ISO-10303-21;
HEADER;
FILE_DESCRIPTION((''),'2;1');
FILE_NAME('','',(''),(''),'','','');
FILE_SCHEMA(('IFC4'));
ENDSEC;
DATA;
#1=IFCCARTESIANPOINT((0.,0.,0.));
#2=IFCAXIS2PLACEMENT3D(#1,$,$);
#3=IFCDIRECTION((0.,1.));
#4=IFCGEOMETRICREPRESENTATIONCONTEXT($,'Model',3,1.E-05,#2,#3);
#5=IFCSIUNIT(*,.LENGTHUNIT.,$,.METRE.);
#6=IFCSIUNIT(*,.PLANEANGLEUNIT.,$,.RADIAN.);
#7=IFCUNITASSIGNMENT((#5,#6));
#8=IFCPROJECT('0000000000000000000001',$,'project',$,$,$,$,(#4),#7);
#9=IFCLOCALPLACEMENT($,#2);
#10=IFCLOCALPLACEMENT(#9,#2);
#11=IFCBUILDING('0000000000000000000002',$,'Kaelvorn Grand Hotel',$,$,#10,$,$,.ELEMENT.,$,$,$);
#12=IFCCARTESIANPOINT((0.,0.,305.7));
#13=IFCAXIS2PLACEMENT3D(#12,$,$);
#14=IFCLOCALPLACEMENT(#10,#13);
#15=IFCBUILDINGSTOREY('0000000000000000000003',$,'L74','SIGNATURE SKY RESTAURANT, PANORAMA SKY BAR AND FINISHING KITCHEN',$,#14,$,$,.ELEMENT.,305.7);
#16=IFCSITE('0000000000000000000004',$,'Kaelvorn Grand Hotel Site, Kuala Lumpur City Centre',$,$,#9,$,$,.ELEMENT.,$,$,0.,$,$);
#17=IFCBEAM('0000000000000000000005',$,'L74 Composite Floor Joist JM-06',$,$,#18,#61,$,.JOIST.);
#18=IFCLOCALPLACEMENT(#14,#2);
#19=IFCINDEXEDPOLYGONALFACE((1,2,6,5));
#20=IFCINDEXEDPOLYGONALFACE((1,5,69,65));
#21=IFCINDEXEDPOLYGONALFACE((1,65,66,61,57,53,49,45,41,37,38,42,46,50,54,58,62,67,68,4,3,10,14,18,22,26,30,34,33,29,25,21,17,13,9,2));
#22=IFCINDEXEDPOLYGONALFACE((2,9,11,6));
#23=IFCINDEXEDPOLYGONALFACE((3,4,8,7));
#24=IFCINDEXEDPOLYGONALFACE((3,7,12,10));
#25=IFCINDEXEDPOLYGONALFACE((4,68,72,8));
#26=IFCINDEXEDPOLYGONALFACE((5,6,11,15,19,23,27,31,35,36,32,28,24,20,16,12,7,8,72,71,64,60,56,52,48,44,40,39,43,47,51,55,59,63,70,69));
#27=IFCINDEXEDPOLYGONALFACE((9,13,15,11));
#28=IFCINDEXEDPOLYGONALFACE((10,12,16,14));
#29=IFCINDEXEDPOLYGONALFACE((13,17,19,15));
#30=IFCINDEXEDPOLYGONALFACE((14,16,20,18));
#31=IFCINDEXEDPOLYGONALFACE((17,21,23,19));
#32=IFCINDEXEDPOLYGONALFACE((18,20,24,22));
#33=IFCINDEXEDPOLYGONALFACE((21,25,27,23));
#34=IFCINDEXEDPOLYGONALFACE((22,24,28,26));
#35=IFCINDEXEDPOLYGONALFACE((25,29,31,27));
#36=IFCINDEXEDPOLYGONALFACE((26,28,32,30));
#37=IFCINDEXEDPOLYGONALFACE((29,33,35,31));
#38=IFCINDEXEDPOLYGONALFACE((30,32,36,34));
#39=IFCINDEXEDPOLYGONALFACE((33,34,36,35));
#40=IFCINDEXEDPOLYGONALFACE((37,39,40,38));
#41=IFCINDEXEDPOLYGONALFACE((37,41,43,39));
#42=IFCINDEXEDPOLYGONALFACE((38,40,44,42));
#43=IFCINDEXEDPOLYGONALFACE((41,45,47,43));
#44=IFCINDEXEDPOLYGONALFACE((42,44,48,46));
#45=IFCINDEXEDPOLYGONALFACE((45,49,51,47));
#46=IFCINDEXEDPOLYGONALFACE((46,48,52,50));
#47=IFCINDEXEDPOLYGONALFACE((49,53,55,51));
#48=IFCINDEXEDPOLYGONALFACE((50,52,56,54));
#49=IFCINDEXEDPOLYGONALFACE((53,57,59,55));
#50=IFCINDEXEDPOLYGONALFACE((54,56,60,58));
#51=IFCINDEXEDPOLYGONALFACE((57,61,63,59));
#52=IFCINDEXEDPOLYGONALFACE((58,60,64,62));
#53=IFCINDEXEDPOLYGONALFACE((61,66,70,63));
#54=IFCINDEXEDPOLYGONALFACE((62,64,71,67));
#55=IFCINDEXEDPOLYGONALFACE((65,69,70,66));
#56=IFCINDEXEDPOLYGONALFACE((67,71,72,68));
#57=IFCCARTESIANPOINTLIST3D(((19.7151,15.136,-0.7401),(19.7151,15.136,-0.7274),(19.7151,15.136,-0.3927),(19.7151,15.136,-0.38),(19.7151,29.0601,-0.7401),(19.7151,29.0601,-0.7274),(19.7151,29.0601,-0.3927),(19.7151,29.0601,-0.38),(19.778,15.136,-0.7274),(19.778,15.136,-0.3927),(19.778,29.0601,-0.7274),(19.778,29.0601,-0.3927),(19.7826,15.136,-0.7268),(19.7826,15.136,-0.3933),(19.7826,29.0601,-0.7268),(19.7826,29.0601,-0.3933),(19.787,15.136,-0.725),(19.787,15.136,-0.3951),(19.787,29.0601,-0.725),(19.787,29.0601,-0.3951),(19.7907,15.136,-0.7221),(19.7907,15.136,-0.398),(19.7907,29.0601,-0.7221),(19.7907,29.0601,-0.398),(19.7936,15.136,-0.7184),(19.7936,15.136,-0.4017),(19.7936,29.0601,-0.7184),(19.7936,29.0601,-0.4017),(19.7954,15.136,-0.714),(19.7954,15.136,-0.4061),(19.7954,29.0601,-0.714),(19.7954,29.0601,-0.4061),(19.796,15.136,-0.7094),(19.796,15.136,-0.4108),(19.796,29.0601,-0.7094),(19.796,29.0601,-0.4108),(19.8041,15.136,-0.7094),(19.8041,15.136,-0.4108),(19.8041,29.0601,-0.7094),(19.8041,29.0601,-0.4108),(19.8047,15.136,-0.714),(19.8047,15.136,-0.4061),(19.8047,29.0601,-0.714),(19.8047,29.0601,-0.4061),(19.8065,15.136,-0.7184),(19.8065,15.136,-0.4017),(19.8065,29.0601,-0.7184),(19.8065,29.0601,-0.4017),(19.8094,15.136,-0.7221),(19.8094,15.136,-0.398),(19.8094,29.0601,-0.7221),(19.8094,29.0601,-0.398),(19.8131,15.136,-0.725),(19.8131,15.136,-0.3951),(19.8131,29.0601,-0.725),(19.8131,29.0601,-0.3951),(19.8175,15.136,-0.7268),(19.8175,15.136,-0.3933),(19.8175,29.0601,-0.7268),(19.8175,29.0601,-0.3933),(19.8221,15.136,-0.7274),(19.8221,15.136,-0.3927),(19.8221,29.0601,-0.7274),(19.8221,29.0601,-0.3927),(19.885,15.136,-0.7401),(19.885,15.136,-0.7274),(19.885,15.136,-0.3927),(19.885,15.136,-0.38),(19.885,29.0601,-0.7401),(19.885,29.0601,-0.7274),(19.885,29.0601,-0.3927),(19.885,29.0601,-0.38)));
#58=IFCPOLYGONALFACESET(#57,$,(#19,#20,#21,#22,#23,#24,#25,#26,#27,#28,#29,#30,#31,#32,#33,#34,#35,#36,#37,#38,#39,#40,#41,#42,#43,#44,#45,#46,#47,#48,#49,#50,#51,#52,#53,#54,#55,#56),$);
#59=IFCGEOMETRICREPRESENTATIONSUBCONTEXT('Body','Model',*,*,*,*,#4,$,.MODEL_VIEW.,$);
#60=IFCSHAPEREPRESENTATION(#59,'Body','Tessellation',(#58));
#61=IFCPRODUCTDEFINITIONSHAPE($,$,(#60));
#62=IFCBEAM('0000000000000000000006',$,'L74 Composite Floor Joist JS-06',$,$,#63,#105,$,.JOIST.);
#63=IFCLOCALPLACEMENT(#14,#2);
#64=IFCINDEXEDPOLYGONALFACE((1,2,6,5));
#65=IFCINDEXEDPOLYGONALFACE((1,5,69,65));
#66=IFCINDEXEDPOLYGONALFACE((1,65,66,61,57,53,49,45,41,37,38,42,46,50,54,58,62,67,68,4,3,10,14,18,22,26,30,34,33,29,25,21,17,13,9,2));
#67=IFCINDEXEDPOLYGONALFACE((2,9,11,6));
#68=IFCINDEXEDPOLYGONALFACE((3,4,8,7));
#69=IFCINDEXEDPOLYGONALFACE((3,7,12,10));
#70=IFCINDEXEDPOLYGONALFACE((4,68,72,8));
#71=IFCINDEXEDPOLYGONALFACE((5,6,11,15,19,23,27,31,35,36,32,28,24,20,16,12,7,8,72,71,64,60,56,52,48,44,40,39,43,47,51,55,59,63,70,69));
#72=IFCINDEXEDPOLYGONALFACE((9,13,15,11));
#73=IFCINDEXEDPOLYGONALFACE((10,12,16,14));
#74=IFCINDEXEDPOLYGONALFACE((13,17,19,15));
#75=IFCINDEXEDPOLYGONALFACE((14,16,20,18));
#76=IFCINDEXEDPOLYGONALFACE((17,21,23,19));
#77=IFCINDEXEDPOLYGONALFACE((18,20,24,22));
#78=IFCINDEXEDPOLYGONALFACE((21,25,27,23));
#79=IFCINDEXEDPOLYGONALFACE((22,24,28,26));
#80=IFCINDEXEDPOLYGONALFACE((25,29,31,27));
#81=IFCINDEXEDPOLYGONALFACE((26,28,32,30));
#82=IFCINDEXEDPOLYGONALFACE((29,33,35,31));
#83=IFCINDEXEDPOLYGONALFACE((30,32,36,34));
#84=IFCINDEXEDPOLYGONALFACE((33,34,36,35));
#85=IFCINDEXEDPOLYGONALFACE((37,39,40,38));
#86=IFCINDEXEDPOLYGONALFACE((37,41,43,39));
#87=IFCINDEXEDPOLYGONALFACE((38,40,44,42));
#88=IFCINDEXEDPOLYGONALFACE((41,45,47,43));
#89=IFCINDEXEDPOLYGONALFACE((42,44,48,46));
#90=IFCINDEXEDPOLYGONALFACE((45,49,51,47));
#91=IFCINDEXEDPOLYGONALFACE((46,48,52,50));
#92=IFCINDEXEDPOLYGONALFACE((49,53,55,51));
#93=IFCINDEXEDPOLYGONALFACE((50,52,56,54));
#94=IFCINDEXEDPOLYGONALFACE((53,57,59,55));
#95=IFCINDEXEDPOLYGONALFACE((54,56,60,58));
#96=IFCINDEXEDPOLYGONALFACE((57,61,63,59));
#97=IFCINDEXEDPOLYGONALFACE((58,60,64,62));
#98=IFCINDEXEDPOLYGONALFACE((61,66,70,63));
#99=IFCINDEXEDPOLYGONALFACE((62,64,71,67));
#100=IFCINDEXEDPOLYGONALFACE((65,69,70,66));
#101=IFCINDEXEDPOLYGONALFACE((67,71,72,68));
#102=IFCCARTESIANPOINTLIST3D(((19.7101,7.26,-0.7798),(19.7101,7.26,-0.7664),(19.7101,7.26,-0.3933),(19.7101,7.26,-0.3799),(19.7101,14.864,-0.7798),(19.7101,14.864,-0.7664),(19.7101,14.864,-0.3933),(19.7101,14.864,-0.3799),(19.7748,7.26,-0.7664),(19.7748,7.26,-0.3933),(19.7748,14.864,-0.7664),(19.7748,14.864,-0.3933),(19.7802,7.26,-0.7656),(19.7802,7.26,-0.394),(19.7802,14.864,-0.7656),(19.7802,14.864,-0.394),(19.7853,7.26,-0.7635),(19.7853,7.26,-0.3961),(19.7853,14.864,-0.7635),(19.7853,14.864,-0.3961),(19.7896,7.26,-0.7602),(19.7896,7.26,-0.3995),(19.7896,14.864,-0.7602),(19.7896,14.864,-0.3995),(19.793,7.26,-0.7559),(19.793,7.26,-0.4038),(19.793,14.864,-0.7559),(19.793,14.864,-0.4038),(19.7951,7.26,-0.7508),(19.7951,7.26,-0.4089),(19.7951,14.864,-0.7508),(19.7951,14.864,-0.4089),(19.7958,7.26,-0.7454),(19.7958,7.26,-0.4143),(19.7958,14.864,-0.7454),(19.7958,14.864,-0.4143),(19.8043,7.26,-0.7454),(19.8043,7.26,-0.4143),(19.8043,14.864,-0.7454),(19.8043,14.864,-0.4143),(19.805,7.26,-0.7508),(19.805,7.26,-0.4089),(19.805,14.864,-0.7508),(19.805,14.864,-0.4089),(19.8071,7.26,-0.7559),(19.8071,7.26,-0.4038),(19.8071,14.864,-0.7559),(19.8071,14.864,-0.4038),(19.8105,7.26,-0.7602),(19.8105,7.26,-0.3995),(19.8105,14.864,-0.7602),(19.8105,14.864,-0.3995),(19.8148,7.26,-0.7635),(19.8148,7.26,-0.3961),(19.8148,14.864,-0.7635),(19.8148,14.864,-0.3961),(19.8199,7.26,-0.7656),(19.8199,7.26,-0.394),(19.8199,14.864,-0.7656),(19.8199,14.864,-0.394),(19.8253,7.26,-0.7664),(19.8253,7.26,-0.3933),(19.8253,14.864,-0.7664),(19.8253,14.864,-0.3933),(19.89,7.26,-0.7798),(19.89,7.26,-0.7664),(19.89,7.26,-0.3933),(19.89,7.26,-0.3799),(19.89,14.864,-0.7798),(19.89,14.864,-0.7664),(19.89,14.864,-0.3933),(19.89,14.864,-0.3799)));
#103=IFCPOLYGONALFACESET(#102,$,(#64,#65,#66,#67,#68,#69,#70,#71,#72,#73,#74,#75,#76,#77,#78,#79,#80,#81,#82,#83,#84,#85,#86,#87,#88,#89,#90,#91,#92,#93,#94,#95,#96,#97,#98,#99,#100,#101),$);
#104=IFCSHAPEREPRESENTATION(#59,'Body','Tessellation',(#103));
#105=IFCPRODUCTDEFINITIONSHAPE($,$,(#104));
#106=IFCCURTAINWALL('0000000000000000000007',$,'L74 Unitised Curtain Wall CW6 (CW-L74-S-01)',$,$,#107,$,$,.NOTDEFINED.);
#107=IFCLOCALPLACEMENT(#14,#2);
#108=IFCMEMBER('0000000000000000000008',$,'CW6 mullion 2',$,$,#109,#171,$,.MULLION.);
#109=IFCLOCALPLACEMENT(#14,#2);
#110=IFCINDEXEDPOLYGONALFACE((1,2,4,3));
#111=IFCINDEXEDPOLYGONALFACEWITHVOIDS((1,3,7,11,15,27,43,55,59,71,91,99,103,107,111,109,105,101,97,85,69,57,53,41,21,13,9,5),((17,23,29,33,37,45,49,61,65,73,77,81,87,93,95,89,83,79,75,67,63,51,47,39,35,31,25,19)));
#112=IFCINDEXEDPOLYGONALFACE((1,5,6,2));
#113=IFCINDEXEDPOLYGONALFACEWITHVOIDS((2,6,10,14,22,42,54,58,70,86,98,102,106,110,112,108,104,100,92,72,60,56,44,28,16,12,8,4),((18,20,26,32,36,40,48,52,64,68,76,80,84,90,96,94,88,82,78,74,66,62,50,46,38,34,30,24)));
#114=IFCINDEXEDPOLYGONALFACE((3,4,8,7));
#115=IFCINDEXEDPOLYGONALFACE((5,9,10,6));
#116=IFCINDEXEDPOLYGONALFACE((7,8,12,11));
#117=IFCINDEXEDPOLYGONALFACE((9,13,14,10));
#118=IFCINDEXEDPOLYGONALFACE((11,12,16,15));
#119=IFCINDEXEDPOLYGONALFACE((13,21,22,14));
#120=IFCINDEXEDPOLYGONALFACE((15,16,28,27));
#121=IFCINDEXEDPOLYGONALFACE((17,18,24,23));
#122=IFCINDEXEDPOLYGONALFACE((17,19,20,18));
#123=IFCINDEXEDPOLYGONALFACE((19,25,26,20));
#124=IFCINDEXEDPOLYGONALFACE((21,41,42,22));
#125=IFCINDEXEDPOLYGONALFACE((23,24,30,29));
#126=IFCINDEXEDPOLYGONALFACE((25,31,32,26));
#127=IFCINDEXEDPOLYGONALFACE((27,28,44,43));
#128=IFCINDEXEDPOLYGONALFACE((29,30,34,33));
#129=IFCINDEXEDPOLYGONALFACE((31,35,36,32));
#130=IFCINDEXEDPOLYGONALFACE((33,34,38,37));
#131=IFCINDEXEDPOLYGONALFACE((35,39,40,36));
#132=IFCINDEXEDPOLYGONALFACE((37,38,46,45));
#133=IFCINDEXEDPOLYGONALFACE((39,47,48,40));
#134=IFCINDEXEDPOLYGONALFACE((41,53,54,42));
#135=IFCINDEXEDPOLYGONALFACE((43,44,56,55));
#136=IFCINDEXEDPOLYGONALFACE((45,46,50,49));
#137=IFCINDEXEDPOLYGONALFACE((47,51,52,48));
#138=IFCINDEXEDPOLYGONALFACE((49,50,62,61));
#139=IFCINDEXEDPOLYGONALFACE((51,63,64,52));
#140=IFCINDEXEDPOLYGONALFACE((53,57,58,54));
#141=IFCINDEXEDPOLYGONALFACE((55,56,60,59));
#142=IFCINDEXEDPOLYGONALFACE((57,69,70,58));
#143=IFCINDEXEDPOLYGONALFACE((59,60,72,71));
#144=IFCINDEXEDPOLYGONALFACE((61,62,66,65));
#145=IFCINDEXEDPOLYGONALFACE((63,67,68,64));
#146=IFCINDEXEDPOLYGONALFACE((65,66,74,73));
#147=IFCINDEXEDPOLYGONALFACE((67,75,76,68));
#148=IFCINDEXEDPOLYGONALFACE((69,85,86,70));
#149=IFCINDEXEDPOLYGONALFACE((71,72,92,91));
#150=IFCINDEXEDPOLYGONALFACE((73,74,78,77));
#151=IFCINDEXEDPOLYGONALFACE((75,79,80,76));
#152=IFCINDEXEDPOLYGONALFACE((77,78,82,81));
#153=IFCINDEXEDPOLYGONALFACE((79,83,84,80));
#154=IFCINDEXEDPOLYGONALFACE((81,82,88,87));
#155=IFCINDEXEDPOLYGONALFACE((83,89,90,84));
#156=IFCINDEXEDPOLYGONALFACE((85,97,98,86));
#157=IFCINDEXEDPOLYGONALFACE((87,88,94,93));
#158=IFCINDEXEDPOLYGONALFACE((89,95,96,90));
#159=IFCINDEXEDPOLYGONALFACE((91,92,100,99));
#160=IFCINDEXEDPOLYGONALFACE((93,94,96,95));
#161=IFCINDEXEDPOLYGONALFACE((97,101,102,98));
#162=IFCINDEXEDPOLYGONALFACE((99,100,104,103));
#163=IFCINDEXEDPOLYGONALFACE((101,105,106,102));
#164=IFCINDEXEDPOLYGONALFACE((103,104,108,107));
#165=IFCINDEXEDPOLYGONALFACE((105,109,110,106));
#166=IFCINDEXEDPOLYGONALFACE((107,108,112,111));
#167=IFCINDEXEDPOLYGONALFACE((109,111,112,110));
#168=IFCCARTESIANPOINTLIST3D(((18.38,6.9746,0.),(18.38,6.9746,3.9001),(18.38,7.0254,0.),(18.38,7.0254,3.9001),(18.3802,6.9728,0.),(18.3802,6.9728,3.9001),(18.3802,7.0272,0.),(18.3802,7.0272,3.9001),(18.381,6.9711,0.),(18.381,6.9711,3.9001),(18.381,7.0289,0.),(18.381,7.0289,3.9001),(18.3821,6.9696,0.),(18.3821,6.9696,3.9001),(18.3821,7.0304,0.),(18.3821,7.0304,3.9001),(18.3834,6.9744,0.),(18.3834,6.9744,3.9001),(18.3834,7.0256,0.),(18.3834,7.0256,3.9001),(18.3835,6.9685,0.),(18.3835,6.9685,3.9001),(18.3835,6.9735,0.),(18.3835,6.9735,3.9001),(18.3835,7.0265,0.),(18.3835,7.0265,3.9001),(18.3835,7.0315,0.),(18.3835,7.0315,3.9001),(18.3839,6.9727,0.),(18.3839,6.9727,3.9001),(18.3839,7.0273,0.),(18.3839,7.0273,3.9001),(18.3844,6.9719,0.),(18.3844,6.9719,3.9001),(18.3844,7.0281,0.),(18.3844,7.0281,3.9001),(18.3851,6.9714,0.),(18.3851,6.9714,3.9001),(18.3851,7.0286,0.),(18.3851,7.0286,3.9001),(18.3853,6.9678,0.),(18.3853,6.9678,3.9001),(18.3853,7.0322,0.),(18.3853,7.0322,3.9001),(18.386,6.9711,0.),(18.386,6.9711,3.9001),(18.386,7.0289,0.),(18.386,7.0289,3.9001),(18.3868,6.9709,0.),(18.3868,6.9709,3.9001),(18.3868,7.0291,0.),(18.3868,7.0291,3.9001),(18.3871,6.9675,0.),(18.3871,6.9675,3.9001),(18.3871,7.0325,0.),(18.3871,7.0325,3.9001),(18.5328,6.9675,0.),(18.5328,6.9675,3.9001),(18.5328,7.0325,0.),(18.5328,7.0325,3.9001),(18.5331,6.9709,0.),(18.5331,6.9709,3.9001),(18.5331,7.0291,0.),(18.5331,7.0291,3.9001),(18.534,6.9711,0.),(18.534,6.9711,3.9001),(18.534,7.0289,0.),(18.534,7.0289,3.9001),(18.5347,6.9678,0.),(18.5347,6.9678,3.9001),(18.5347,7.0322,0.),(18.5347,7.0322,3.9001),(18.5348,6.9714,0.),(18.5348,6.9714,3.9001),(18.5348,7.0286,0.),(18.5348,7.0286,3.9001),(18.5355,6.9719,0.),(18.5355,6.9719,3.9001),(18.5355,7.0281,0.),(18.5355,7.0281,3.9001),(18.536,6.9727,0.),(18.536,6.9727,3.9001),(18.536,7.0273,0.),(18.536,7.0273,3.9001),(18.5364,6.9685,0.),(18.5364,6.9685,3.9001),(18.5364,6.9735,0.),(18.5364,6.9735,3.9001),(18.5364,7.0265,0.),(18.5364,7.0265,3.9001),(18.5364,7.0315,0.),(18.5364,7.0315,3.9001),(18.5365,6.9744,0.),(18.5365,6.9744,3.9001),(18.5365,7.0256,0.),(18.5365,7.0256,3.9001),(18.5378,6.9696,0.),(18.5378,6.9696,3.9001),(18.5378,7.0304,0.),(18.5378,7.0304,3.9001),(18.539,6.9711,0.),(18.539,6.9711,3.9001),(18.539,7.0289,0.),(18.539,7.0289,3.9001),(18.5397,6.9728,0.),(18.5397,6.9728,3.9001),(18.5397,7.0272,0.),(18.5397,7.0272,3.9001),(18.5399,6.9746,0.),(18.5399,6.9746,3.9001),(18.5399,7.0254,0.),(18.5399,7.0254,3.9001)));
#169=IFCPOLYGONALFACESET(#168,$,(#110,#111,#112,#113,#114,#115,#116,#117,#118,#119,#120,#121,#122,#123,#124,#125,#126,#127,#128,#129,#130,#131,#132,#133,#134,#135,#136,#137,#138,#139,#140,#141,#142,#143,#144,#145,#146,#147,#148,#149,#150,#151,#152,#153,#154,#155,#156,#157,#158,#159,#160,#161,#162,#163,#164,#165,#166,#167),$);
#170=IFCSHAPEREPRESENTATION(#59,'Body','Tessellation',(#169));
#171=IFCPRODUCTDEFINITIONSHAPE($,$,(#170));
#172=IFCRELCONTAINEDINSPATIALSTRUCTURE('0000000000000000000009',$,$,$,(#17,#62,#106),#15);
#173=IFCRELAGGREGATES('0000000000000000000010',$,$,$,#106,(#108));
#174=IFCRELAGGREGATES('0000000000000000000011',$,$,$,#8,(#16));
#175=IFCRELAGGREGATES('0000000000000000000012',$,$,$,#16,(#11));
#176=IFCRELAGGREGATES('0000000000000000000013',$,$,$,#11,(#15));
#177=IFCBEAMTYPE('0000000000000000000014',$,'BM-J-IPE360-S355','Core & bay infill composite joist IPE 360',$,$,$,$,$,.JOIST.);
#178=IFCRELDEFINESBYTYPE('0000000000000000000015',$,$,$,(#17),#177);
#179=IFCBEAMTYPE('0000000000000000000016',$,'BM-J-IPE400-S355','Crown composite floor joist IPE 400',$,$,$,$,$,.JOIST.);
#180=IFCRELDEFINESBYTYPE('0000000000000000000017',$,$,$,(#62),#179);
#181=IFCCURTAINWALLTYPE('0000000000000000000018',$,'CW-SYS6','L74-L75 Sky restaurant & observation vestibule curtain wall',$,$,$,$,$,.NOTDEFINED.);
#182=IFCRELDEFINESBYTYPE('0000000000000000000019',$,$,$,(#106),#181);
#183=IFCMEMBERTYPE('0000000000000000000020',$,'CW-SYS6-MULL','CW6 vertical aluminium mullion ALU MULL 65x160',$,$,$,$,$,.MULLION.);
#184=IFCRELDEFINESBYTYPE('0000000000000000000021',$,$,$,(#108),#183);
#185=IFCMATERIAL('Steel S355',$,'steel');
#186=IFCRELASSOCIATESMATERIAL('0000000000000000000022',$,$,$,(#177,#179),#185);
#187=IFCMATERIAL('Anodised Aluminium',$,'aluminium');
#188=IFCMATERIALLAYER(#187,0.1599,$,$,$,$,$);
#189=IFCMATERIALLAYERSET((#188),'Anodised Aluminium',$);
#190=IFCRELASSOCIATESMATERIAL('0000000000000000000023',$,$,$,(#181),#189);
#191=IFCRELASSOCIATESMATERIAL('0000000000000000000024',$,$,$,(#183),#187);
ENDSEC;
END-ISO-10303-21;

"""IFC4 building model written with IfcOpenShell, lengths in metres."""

from ifc_helpers import new_model, si_unit, direction, frame, origin, origin_2d, place, context, subcontext, project, spatial, hollow_rectangle, i_section, extrude, material, layer, layer_set, material_profile, profile_set, type_object, element, aggregate, save


model = new_model("IFC4")

# Units and contexts
model_context = context("Model", 3, precision=1e-05, world=origin(), true_north=direction((0.0, 1.0)))
body_context = subcontext(model_context, "Body", "Model", "MODEL_VIEW")
ifc_project = project(units=[si_unit("LENGTHUNIT", "METRE"), si_unit("PLANEANGLEUNIT", "RADIAN")], contexts=[model_context])

# Site, building, storey
site_placement = place(None, origin())
site = spatial("IfcSite", under=ifc_project, at=site_placement, Name="Kaelvorn Grand Hotel Site, Kuala Lumpur City Centre", CompositionType="ELEMENT", RefElevation=0.0)
building_placement = place(site_placement, origin())
building = spatial("IfcBuilding", under=site, at=building_placement, Name="Kaelvorn Grand Hotel", CompositionType="ELEMENT")
storey_placement = place(building_placement, frame((0.0, 0.0, 305.7)))
storey = spatial("IfcBuildingStorey", under=building, at=storey_placement, Name="L74", Description="SIGNATURE SKY RESTAURANT, PANORAMA SKY BAR AND FINISHING KITCHEN", CompositionType="ELEMENT", Elevation=305.7)

# Beams
ifc_material_1 = material(Name="Steel S355", Category="steel")
ifc_material_profile_1 = material_profile(ifc_material_1, i_section(OverallWidth=0.1699, OverallDepth=0.3601, WebThickness=0.0081, FlangeThickness=0.0127, FilletRadius=0.0181, at=origin_2d()), Name="IPE 360")
ifc_profile_set_1 = profile_set([ifc_material_profile_1], Name="Steel S355")
beam_type_1 = type_object("IfcBeamType", Name="BM-J-IPE360-S355", Description="Core & bay infill composite joist IPE 360", PredefinedType="JOIST", material=ifc_profile_set_1)
beam_1_placement = place(storey_placement, frame((19.8, 15.136, -0.5601), z_axis=(0.0, 1.0, 0.0), x_axis=(-1.0, 0.0, 0.0)))
element("IfcBeam", 1, at=beam_1_placement, inside=storey, type_object=beam_type_1, Name="L74 Composite Floor Joist JM-06", PredefinedType="JOIST", context=body_context, shape_type="SweptSolid", body=[
    extrude(i_section(OverallWidth=0.1699, OverallDepth=0.3601, WebThickness=0.0081, FlangeThickness=0.0127, FilletRadius=0.0181, at=origin_2d()), origin(), (0.0, 0.0, 1.0), 13.9241),
])
ifc_material_profile_2 = material_profile(ifc_material_1, i_section(OverallWidth=0.1799, OverallDepth=0.3999, WebThickness=0.0085, FlangeThickness=0.0134, FilletRadius=0.021, at=origin_2d()), Name="IPE 400")
ifc_profile_set_2 = profile_set([ifc_material_profile_2], Name="Steel S355")
beam_type_2 = type_object("IfcBeamType", Name="BM-J-IPE400-S355", Description="Crown composite floor joist IPE 400", PredefinedType="JOIST", material=ifc_profile_set_2)
beam_2_placement = place(storey_placement, frame((19.8, 7.26, -0.5798), z_axis=(0.0, 1.0, 0.0), x_axis=(-1.0, 0.0, 0.0)))
element("IfcBeam", 2, at=beam_2_placement, inside=storey, type_object=beam_type_2, Name="L74 Composite Floor Joist JS-06", PredefinedType="JOIST", context=body_context, shape_type="SweptSolid", body=[
    extrude(i_section(OverallWidth=0.1799, OverallDepth=0.3999, WebThickness=0.0085, FlangeThickness=0.0134, FilletRadius=0.021, at=origin_2d()), origin(), (0.0, 0.0, 1.0), 7.604),
])

# Curtain wall, member
ifc_material_2 = material(Name="Anodised Aluminium", Category="aluminium")
ifc_layer_1 = layer(ifc_material_2, 0.1599)
ifc_layer_set_1 = layer_set([ifc_layer_1], Name="Anodised Aluminium")
curtain_wall_type = type_object("IfcCurtainWallType", Name="CW-SYS6", Description="L74-L75 Sky restaurant & observation vestibule curtain wall", PredefinedType="NOTDEFINED", material=ifc_layer_set_1)
curtain_wall_placement = place(storey_placement, origin())
curtain_wall = element("IfcCurtainWall", 3, at=curtain_wall_placement, inside=storey, type_object=curtain_wall_type, Name="L74 Unitised Curtain Wall CW6 (CW-L74-S-01)", PredefinedType="NOTDEFINED")
ifc_material_profile_3 = material_profile(ifc_material_2, hollow_rectangle(XDim=0.0649, YDim=0.1599, WallThickness=0.0034, InnerFilletRadius=0.0034, OuterFilletRadius=0.0071, at=origin_2d()), Name="ALU MULL 65x160")
ifc_profile_set_3 = profile_set([ifc_material_profile_3], Name="Anodised Aluminium")
member_type_1 = type_object("IfcMemberType", Name="CW-SYS6-MULL", Description="CW6 vertical aluminium mullion ALU MULL 65x160", PredefinedType="MULLION", material=ifc_profile_set_3)
member_1_placement = place(storey_placement, frame((18.46, 7.0, 0.0), z_axis=(0.0, 0.0, 1.0), x_axis=(0.0, 1.0, 0.0)))
member_1 = element("IfcMember", 4, at=member_1_placement, type_object=member_type_1, Name="CW6 mullion 2", PredefinedType="MULLION", context=body_context, shape_type="SweptSolid", body=[
    extrude(hollow_rectangle(XDim=0.0649, YDim=0.1599, WallThickness=0.0034, InnerFilletRadius=0.0034, OuterFilletRadius=0.0071, at=origin_2d()), origin(), (0.0, 0.0, 1.0), 3.9001),
])
aggregate(curtain_wall, [member_1])

save(model, "model.ifc")
